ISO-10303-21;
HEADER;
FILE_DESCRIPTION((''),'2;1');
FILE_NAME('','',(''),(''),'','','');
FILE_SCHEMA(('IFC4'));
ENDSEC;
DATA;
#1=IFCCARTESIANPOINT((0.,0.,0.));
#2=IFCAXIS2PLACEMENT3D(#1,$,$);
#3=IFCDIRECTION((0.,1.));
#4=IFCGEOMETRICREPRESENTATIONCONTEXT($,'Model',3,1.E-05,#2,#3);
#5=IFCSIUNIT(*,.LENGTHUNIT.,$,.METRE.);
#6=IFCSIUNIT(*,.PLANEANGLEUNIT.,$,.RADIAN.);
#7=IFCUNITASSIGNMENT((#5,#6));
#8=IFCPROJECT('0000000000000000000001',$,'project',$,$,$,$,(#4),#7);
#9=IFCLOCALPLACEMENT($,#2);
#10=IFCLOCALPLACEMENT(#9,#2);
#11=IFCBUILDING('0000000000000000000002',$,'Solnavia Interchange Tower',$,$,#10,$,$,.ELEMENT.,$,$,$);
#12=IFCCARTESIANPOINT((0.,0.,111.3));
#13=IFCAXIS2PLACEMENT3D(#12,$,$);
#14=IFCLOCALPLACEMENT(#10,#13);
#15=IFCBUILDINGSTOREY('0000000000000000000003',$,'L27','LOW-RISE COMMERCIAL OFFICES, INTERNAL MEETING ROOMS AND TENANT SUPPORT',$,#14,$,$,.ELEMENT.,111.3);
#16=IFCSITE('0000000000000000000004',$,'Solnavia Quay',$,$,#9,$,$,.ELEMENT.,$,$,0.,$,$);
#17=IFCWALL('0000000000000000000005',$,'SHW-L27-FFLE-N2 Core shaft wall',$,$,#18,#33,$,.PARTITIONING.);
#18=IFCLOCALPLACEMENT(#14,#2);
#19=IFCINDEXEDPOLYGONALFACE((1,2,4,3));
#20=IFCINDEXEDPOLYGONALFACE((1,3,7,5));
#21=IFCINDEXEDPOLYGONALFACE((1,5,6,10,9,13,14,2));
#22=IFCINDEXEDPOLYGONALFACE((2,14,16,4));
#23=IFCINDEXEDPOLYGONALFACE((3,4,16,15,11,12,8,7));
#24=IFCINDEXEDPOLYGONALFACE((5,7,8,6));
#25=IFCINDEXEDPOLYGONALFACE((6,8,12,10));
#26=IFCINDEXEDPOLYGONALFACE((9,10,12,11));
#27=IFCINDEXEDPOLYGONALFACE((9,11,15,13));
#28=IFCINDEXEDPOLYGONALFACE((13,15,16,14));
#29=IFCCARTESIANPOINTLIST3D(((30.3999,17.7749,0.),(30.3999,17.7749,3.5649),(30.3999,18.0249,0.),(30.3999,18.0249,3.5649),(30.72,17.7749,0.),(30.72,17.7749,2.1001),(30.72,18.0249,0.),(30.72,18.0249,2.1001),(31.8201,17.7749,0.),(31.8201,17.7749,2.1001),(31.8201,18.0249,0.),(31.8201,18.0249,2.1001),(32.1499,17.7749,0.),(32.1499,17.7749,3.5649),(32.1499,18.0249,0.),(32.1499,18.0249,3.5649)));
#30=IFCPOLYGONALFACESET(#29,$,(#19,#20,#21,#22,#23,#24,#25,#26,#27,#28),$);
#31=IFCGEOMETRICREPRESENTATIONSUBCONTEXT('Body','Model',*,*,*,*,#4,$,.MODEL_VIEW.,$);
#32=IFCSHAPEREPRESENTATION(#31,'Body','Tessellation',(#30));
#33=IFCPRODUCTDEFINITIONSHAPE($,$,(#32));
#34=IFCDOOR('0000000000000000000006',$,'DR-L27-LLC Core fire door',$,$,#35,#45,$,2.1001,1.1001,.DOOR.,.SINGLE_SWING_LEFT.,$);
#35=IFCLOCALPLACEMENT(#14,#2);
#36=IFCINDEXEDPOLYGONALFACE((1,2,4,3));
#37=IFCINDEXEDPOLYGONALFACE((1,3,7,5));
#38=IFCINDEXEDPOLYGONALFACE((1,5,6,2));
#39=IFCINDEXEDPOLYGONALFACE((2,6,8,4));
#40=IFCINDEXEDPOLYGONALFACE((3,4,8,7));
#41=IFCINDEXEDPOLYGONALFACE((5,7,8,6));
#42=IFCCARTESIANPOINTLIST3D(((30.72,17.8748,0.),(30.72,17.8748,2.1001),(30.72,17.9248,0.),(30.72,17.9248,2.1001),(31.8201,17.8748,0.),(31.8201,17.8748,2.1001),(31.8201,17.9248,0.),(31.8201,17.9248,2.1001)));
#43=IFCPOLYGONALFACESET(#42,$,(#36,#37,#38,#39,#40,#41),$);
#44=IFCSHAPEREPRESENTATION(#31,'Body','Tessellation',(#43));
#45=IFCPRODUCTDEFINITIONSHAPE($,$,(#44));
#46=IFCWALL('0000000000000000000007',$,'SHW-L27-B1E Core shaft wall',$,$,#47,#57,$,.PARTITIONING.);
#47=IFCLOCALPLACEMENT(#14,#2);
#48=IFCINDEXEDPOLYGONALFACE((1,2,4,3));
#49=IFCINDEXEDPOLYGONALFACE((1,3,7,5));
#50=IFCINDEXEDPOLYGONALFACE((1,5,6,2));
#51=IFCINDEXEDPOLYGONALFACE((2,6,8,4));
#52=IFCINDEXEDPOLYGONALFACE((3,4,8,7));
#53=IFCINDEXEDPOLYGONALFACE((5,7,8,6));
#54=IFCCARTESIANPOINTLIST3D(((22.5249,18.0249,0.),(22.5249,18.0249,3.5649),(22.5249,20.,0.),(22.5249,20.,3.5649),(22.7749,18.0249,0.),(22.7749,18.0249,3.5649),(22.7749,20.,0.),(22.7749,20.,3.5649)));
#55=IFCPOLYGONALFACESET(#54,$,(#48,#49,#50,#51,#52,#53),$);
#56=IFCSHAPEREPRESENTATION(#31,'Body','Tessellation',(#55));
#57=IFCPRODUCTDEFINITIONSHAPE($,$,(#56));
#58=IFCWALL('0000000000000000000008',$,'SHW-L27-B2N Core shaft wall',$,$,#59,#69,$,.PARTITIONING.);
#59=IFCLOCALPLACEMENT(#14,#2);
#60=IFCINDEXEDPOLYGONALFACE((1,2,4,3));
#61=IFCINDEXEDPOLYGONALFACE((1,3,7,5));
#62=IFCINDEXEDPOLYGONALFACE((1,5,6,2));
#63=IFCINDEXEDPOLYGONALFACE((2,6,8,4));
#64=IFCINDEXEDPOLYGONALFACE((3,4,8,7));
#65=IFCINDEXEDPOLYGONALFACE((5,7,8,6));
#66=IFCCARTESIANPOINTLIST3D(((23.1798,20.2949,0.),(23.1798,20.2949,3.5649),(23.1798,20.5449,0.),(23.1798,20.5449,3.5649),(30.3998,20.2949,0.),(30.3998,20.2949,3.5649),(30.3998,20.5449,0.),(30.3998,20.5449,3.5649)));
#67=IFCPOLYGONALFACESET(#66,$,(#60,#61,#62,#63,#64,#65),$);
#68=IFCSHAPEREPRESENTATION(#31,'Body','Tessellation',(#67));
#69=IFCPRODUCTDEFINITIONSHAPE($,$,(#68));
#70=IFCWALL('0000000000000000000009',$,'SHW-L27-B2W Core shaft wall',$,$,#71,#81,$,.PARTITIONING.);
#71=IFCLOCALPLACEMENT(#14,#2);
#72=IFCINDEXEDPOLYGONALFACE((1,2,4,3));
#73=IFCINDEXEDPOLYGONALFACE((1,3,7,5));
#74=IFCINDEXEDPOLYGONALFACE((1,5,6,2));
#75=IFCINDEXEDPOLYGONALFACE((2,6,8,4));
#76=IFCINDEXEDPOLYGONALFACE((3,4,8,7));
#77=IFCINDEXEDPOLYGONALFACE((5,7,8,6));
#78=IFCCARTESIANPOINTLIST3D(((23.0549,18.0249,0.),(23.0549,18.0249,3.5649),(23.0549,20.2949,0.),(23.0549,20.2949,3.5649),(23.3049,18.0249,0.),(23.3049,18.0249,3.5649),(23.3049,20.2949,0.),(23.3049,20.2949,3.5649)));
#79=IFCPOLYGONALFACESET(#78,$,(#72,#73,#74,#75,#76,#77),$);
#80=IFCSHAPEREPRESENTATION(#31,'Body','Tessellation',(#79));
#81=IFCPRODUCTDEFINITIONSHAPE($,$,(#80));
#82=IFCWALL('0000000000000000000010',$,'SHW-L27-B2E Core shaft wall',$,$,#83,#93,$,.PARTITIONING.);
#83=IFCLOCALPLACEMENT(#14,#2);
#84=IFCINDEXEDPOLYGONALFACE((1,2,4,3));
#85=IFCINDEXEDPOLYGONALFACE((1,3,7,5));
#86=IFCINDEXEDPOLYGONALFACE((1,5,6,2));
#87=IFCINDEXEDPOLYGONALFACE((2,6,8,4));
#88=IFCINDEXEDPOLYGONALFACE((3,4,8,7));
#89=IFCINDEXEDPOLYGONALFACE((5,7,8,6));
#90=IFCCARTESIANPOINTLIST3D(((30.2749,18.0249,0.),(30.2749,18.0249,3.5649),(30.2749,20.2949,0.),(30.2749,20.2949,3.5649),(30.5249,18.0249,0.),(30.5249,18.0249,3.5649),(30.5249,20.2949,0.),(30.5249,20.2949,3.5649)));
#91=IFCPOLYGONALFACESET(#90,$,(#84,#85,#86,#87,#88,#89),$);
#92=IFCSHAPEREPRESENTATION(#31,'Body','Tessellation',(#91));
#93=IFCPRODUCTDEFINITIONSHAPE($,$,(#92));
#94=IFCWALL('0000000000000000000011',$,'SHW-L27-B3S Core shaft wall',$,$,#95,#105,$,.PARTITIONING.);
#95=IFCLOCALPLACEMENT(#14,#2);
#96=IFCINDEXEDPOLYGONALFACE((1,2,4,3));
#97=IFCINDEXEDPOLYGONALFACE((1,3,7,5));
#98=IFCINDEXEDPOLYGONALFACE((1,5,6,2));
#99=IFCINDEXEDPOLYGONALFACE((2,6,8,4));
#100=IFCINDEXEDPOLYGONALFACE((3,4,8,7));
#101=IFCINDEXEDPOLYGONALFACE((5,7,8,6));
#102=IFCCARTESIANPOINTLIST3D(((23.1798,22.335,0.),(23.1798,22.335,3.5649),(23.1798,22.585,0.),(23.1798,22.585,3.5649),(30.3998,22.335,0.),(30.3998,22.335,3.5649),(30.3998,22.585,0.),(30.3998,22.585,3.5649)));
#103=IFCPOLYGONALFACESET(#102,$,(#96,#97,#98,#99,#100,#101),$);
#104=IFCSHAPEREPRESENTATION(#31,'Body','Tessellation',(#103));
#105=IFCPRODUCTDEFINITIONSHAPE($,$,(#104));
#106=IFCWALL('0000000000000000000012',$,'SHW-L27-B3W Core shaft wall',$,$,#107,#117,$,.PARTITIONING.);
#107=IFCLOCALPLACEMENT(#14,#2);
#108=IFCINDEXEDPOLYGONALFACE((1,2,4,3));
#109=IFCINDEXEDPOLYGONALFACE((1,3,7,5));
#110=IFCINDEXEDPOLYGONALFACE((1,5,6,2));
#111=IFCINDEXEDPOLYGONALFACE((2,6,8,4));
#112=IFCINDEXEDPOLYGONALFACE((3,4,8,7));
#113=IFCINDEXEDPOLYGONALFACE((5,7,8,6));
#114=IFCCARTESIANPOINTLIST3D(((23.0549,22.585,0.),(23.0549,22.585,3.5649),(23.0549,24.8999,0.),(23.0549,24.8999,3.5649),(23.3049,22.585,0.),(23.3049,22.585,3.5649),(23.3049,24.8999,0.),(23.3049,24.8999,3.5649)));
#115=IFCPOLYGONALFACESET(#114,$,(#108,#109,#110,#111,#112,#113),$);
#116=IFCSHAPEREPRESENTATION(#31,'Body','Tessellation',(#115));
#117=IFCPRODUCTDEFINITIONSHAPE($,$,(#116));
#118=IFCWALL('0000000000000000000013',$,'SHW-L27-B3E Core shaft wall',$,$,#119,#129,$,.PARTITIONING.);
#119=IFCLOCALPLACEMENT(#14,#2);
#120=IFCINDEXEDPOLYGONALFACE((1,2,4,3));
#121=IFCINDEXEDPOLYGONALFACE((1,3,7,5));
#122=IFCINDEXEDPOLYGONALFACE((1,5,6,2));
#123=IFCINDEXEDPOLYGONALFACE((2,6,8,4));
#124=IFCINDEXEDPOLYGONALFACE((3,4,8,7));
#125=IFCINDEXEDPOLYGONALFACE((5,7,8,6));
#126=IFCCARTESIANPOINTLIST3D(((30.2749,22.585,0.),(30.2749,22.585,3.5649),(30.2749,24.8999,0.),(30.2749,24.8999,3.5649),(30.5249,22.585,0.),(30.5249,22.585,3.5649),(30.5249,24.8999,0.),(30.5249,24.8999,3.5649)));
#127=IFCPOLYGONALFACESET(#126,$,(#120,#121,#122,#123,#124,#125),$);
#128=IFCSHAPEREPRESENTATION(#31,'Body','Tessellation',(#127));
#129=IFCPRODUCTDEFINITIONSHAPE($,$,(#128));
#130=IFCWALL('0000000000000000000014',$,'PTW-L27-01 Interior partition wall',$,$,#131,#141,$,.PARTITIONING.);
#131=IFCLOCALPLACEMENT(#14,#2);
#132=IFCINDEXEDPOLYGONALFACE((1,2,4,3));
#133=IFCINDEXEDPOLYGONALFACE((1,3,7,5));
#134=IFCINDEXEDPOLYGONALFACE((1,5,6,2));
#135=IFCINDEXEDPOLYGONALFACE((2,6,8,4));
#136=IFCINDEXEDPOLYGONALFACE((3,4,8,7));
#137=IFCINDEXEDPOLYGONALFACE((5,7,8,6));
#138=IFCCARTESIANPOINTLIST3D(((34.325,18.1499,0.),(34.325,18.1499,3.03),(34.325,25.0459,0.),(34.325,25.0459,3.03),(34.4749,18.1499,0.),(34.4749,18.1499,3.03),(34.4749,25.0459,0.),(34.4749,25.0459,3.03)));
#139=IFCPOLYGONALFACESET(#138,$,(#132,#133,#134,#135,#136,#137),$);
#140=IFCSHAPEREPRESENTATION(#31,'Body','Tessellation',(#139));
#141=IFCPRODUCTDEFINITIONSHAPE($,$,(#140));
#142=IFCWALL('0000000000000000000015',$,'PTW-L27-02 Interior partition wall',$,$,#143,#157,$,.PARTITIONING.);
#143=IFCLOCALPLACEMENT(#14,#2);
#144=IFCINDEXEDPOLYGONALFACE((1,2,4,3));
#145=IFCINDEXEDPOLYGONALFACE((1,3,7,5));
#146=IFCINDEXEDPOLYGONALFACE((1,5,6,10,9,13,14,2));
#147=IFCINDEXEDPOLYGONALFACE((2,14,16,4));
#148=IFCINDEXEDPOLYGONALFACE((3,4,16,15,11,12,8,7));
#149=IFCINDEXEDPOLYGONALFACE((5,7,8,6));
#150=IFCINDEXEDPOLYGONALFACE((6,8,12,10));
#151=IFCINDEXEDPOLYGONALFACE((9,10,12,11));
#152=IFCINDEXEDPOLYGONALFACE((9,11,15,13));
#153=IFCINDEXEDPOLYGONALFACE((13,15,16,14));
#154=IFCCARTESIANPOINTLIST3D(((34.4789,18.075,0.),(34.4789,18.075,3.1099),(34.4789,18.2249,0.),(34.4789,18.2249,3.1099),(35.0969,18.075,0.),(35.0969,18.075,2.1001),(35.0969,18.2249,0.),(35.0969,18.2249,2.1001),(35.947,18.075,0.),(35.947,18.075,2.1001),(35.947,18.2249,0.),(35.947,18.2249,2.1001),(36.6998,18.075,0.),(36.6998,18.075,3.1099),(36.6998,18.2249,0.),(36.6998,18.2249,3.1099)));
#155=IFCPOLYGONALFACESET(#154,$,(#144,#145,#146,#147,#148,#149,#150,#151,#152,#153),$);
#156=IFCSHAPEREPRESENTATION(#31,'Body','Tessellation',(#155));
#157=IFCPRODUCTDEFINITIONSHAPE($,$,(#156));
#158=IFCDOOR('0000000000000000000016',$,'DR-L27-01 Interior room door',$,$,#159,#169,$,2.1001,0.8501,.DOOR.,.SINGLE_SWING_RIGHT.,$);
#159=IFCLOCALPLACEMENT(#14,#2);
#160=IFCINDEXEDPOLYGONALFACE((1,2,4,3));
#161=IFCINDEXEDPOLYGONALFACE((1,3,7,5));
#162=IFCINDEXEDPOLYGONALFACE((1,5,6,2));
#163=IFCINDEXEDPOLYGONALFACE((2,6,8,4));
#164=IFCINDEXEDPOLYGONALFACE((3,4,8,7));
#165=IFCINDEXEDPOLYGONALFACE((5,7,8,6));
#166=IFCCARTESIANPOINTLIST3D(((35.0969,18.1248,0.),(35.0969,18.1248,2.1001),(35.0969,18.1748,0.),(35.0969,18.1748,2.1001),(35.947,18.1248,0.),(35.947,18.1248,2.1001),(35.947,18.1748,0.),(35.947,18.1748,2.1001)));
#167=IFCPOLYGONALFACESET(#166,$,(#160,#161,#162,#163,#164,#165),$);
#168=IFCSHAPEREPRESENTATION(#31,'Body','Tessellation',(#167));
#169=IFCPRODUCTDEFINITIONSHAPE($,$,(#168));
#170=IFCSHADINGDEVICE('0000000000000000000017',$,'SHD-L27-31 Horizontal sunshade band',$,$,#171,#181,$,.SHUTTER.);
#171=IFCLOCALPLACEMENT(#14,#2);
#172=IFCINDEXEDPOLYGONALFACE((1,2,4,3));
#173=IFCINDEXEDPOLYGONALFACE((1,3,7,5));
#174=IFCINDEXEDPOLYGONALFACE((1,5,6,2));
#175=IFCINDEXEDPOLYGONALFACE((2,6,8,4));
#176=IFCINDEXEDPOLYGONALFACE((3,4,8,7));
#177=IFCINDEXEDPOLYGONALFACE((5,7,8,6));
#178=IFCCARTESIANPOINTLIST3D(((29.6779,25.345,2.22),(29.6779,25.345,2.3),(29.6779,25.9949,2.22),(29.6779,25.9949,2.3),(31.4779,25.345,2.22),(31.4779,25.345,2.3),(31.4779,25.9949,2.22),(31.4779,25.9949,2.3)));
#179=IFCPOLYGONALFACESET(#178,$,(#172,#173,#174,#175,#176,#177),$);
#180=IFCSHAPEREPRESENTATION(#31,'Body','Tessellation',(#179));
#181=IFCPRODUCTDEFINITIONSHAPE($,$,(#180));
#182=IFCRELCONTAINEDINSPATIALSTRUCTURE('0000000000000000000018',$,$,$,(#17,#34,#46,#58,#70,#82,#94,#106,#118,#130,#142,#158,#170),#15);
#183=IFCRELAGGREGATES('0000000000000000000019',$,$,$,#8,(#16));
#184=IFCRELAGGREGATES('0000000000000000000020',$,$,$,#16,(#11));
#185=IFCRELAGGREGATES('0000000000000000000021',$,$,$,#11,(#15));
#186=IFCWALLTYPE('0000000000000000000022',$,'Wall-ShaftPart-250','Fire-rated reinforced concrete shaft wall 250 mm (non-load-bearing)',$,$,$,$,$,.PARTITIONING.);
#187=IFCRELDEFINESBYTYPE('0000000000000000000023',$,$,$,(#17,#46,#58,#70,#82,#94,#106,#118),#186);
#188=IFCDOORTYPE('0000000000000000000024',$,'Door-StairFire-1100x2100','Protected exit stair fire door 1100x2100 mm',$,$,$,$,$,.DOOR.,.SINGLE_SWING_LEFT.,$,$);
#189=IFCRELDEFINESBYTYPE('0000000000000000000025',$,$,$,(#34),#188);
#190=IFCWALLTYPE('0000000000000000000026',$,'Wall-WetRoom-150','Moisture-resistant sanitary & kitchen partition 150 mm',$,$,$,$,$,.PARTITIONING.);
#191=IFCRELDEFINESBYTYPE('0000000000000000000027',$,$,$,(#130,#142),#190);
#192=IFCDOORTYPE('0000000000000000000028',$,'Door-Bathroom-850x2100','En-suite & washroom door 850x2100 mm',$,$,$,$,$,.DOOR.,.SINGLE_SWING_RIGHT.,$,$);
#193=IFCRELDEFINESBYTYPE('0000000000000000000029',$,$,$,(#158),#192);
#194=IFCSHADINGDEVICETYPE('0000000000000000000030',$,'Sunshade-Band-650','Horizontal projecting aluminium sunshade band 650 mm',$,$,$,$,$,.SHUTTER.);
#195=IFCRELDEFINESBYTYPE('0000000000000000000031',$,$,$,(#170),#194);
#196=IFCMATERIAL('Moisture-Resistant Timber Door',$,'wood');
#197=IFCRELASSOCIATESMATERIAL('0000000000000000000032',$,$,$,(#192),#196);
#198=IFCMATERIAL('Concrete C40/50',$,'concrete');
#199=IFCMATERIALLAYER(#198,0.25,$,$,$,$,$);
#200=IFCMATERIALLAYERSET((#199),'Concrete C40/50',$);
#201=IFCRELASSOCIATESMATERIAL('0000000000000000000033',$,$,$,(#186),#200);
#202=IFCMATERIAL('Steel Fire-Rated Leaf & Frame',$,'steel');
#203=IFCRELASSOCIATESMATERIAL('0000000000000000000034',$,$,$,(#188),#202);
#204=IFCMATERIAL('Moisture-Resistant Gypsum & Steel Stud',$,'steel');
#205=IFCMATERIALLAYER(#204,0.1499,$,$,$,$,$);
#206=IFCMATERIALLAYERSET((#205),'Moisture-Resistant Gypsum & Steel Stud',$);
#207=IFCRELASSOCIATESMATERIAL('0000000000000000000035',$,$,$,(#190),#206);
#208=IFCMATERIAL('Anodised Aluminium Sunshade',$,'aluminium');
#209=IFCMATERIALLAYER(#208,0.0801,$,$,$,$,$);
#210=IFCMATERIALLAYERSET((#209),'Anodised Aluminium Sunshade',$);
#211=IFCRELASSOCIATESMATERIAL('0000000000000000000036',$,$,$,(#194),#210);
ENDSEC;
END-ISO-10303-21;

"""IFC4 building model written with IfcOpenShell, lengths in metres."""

from ifc_helpers import new_model, si_unit, direction, frame, frame_2d, origin, origin_2d, place, context, subcontext, project, spatial, rectangle, extrude, material, layer, layer_set, type_object, element, fill, save


model = new_model("IFC4")

# Units and contexts
model_context = context("Model", 3, precision=1e-05, world=origin(), true_north=direction((0.0, 1.0)))
body_context = subcontext(model_context, "Body", "Model", "MODEL_VIEW")
ifc_project = project(units=[si_unit("LENGTHUNIT", "METRE"), si_unit("PLANEANGLEUNIT", "RADIAN")], contexts=[model_context])

# Site, building, storey
site_placement = place(None, origin())
site = spatial("IfcSite", under=ifc_project, at=site_placement, Name="Solnavia Quay", CompositionType="ELEMENT", RefElevation=0.0)
building_placement = place(site_placement, origin())
building = spatial("IfcBuilding", under=site, at=building_placement, Name="Solnavia Interchange Tower", CompositionType="ELEMENT")
storey_placement = place(building_placement, frame((0.0, 0.0, 111.3)))
storey = spatial("IfcBuildingStorey", under=building, at=storey_placement, Name="L27", Description="LOW-RISE COMMERCIAL OFFICES, INTERNAL MEETING ROOMS AND TENANT SUPPORT", CompositionType="ELEMENT", Elevation=111.3)

# Shared definitions
ifc_material_1 = material(Name="Concrete C40/50", Category="concrete")

# Shared definitions
ifc_material_2 = material(Name="Moisture-Resistant Timber Door", Category="wood")
door_type_1 = type_object("IfcDoorType", Name="Door-Bathroom-850x2100", Description="En-suite & washroom door 850x2100 mm", OperationType="SINGLE_SWING_RIGHT", PredefinedType="DOOR", material=ifc_material_2)

# Wall, opening, door
ifc_layer_1 = layer(ifc_material_1, 0.25)
ifc_layer_set_1 = layer_set([ifc_layer_1], Name="Concrete C40/50")
wall_type_1 = type_object("IfcWallType", Name="Wall-ShaftPart-250", Description="Fire-rated reinforced concrete shaft wall 250 mm (non-load-bearing)", PredefinedType="PARTITIONING", material=ifc_layer_set_1)
wall_1_placement = place(storey_placement, frame((30.3999, 17.8999, 0.0), z_axis=(0.0, 0.0, 1.0), x_axis=(1.0, 0.0, 0.0)))
wall_1 = element("IfcWall", 1, at=wall_1_placement, inside=storey, type_object=wall_type_1, Name="SHW-L27-FFLE-N2 Core shaft wall", PredefinedType="PARTITIONING", context=body_context, shape_type="SweptSolid", body=[
    extrude(rectangle(XDim=1.75, YDim=0.25, at=frame_2d((0.875, 0.0))), origin(), (0.0, 0.0, 1.0), 3.5649),
])
opening_1_placement = place(wall_1_placement, frame((0.3201, 0.0, 0.0)))
opening_1 = element("IfcOpeningElement", 2, at=opening_1_placement, cuts=wall_1, PredefinedType="OPENING", context=body_context, shape_type="SweptSolid", body=[
    extrude(rectangle(XDim=1.1001, YDim=2.1001, at=frame_2d((0.55, 1.05))), frame((0.0, 0.135, 0.0), z_axis=(0.0, -1.0, 0.0), x_axis=(1.0, 0.0, 0.0)), (0.0, 0.0, 1.0), 0.27),
])
ifc_material_3 = material(Name="Steel Fire-Rated Leaf & Frame", Category="steel")
door_type_2 = type_object("IfcDoorType", Name="Door-StairFire-1100x2100", Description="Protected exit stair fire door 1100x2100 mm", OperationType="SINGLE_SWING_LEFT", PredefinedType="DOOR", material=ifc_material_3)
door_1_placement = place(opening_1_placement, origin())
door_1 = element("IfcDoor", 3, at=door_1_placement, inside=storey, type_object=door_type_2, Name="DR-L27-LLC Core fire door", OperationType="SINGLE_SWING_LEFT", OverallHeight=2.1001, OverallWidth=1.1001, PredefinedType="DOOR", context=body_context, shape_type="SweptSolid", body=[
    extrude(rectangle(XDim=1.1001, YDim=2.1001, at=frame_2d((0.55, 1.05))), frame((0.0, 0.0249, 0.0), z_axis=(0.0, -1.0, 0.0), x_axis=(1.0, 0.0, 0.0)), (0.0, 0.0, 1.0), 0.05),
])
fill(opening_1, door_1)

# Walls
wall_2_placement = place(storey_placement, frame((22.6499, 18.0249, 0.0), z_axis=(0.0, 0.0, 1.0), x_axis=(0.0, 1.0, 0.0)))
element("IfcWall", 4, at=wall_2_placement, inside=storey, type_object=wall_type_1, Name="SHW-L27-B1E Core shaft wall", PredefinedType="PARTITIONING", context=body_context, shape_type="SweptSolid", body=[
    extrude(rectangle(XDim=1.9751, YDim=0.25, at=frame_2d((0.9875, 0.0))), origin(), (0.0, 0.0, 1.0), 3.5649),
])
wall_3_placement = place(storey_placement, frame((23.1799, 20.4199, 0.0), z_axis=(0.0, 0.0, 1.0), x_axis=(1.0, 0.0, 0.0)))
element("IfcWall", 5, at=wall_3_placement, inside=storey, type_object=wall_type_1, Name="SHW-L27-B2N Core shaft wall", PredefinedType="PARTITIONING", context=body_context, shape_type="SweptSolid", body=[
    extrude(rectangle(XDim=7.22, YDim=0.25, at=frame_2d((3.6099, 0.0))), origin(), (0.0, 0.0, 1.0), 3.5649),
])
for number, where, z_axis, x_axis, name in (
    (6, (23.1799, 18.0249, 0.0), (0.0, 0.0, 1.0), (0.0, 1.0, 0.0), "SHW-L27-B2W Core shaft wall"),
    (7, (30.3999, 18.0249, 0.0), (0.0, 0.0, 1.0), (0.0, 1.0, 0.0), "SHW-L27-B2E Core shaft wall"),
):
    element("IfcWall", number, at=place(storey_placement, frame(where, z_axis=z_axis, x_axis=x_axis)), inside=storey, type_object=wall_type_1, Name=name, PredefinedType="PARTITIONING", context=body_context, shape_type="SweptSolid", body=[
        extrude(rectangle(XDim=2.27, YDim=0.25, at=frame_2d((1.135, 0.0))), origin(), (0.0, 0.0, 1.0), 3.5649),
    ])
wall_4_placement = place(storey_placement, frame((23.1799, 22.46, 0.0), z_axis=(0.0, 0.0, 1.0), x_axis=(1.0, 0.0, 0.0)))
element("IfcWall", 8, at=wall_4_placement, inside=storey, type_object=wall_type_1, Name="SHW-L27-B3S Core shaft wall", PredefinedType="PARTITIONING", context=body_context, shape_type="SweptSolid", body=[
    extrude(rectangle(XDim=7.22, YDim=0.25, at=frame_2d((3.6099, 0.0))), origin(), (0.0, 0.0, 1.0), 3.5649),
])
for number, where, z_axis, x_axis, name in (
    (9, (23.1799, 22.585, 0.0), (0.0, 0.0, 1.0), (0.0, 1.0, 0.0), "SHW-L27-B3W Core shaft wall"),
    (10, (30.3999, 22.585, 0.0), (0.0, 0.0, 1.0), (0.0, 1.0, 0.0), "SHW-L27-B3E Core shaft wall"),
):
    element("IfcWall", number, at=place(storey_placement, frame(where, z_axis=z_axis, x_axis=x_axis)), inside=storey, type_object=wall_type_1, Name=name, PredefinedType="PARTITIONING", context=body_context, shape_type="SweptSolid", body=[
        extrude(rectangle(XDim=2.3149, YDim=0.25, at=frame_2d((1.1575, 0.0))), origin(), (0.0, 0.0, 1.0), 3.5649),
    ])
ifc_material_4 = material(Name="Moisture-Resistant Gypsum & Steel Stud", Category="steel")
ifc_layer_2 = layer(ifc_material_4, 0.1499)
ifc_layer_set_2 = layer_set([ifc_layer_2], Name="Moisture-Resistant Gypsum & Steel Stud")
wall_type_2 = type_object("IfcWallType", Name="Wall-WetRoom-150", Description="Moisture-resistant sanitary & kitchen partition 150 mm", PredefinedType="PARTITIONING", material=ifc_layer_set_2)
wall_5_placement = place(storey_placement, frame((34.3999, 18.1499, 0.0), z_axis=(0.0, 0.0, 1.0), x_axis=(0.0, 1.0, 0.0)))
element("IfcWall", 11, at=wall_5_placement, inside=storey, type_object=wall_type_2, Name="PTW-L27-01 Interior partition wall", PredefinedType="PARTITIONING", context=body_context, shape_type="SweptSolid", body=[
    extrude(rectangle(XDim=6.896, YDim=0.1499, at=frame_2d((3.448, 0.0))), origin(), (0.0, 0.0, 1.0), 3.03),
])

# Wall, opening, door
wall_6_placement = place(storey_placement, frame((34.479, 18.1499, 0.0), z_axis=(0.0, 0.0, 1.0), x_axis=(1.0, 0.0, 0.0)))
wall_6 = element("IfcWall", 12, at=wall_6_placement, inside=storey, type_object=wall_type_2, Name="PTW-L27-02 Interior partition wall", PredefinedType="PARTITIONING", context=body_context, shape_type="SweptSolid", body=[
    extrude(rectangle(XDim=2.2209, YDim=0.1499, at=frame_2d((1.1104, 0.0))), origin(), (0.0, 0.0, 1.0), 3.1099),
])
opening_2_placement = place(wall_6_placement, frame((0.6179, 0.0, 0.0)))
opening_2 = element("IfcOpeningElement", 13, at=opening_2_placement, cuts=wall_6, PredefinedType="OPENING", context=body_context, shape_type="SweptSolid", body=[
    extrude(rectangle(XDim=0.8501, YDim=2.1001, at=frame_2d((0.425, 1.05))), frame((0.0, 0.085, 0.0), z_axis=(0.0, -1.0, 0.0), x_axis=(1.0, 0.0, 0.0)), (0.0, 0.0, 1.0), 0.1699),
])
door_2_placement = place(opening_2_placement, origin())
door_2 = element("IfcDoor", 14, at=door_2_placement, inside=storey, type_object=door_type_1, Name="DR-L27-01 Interior room door", OperationType="SINGLE_SWING_RIGHT", OverallHeight=2.1001, OverallWidth=0.8501, PredefinedType="DOOR", context=body_context, shape_type="SweptSolid", body=[
    extrude(rectangle(XDim=0.8501, YDim=2.1001, at=frame_2d((0.425, 1.05))), frame((0.0, 0.0249, 0.0), z_axis=(0.0, -1.0, 0.0), x_axis=(1.0, 0.0, 0.0)), (0.0, 0.0, 1.0), 0.05),
])
fill(opening_2, door_2)

# Shading device
ifc_material_5 = material(Name="Anodised Aluminium Sunshade", Category="aluminium")
ifc_layer_3 = layer(ifc_material_5, 0.0801)
ifc_layer_set_3 = layer_set([ifc_layer_3], Name="Anodised Aluminium Sunshade")
shading_device_type = type_object("IfcShadingDeviceType", Name="Sunshade-Band-650", Description="Horizontal projecting aluminium sunshade band 650 mm", PredefinedType="SHUTTER", material=ifc_layer_set_3)
shading_device_placement = place(storey_placement, frame((30.5779, 25.6699, 2.22), z_axis=(0.0, 0.0, 1.0), x_axis=(1.0, 0.0, 0.0)))
element("IfcShadingDevice", 15, at=shading_device_placement, inside=storey, type_object=shading_device_type, Name="SHD-L27-31 Horizontal sunshade band", PredefinedType="SHUTTER", context=body_context, shape_type="SweptSolid", body=[
    extrude(rectangle(XDim=1.8, YDim=0.6499, at=origin_2d()), origin(), (0.0, 0.0, 1.0), 0.0801),
])

save(model, "model.ifc")
